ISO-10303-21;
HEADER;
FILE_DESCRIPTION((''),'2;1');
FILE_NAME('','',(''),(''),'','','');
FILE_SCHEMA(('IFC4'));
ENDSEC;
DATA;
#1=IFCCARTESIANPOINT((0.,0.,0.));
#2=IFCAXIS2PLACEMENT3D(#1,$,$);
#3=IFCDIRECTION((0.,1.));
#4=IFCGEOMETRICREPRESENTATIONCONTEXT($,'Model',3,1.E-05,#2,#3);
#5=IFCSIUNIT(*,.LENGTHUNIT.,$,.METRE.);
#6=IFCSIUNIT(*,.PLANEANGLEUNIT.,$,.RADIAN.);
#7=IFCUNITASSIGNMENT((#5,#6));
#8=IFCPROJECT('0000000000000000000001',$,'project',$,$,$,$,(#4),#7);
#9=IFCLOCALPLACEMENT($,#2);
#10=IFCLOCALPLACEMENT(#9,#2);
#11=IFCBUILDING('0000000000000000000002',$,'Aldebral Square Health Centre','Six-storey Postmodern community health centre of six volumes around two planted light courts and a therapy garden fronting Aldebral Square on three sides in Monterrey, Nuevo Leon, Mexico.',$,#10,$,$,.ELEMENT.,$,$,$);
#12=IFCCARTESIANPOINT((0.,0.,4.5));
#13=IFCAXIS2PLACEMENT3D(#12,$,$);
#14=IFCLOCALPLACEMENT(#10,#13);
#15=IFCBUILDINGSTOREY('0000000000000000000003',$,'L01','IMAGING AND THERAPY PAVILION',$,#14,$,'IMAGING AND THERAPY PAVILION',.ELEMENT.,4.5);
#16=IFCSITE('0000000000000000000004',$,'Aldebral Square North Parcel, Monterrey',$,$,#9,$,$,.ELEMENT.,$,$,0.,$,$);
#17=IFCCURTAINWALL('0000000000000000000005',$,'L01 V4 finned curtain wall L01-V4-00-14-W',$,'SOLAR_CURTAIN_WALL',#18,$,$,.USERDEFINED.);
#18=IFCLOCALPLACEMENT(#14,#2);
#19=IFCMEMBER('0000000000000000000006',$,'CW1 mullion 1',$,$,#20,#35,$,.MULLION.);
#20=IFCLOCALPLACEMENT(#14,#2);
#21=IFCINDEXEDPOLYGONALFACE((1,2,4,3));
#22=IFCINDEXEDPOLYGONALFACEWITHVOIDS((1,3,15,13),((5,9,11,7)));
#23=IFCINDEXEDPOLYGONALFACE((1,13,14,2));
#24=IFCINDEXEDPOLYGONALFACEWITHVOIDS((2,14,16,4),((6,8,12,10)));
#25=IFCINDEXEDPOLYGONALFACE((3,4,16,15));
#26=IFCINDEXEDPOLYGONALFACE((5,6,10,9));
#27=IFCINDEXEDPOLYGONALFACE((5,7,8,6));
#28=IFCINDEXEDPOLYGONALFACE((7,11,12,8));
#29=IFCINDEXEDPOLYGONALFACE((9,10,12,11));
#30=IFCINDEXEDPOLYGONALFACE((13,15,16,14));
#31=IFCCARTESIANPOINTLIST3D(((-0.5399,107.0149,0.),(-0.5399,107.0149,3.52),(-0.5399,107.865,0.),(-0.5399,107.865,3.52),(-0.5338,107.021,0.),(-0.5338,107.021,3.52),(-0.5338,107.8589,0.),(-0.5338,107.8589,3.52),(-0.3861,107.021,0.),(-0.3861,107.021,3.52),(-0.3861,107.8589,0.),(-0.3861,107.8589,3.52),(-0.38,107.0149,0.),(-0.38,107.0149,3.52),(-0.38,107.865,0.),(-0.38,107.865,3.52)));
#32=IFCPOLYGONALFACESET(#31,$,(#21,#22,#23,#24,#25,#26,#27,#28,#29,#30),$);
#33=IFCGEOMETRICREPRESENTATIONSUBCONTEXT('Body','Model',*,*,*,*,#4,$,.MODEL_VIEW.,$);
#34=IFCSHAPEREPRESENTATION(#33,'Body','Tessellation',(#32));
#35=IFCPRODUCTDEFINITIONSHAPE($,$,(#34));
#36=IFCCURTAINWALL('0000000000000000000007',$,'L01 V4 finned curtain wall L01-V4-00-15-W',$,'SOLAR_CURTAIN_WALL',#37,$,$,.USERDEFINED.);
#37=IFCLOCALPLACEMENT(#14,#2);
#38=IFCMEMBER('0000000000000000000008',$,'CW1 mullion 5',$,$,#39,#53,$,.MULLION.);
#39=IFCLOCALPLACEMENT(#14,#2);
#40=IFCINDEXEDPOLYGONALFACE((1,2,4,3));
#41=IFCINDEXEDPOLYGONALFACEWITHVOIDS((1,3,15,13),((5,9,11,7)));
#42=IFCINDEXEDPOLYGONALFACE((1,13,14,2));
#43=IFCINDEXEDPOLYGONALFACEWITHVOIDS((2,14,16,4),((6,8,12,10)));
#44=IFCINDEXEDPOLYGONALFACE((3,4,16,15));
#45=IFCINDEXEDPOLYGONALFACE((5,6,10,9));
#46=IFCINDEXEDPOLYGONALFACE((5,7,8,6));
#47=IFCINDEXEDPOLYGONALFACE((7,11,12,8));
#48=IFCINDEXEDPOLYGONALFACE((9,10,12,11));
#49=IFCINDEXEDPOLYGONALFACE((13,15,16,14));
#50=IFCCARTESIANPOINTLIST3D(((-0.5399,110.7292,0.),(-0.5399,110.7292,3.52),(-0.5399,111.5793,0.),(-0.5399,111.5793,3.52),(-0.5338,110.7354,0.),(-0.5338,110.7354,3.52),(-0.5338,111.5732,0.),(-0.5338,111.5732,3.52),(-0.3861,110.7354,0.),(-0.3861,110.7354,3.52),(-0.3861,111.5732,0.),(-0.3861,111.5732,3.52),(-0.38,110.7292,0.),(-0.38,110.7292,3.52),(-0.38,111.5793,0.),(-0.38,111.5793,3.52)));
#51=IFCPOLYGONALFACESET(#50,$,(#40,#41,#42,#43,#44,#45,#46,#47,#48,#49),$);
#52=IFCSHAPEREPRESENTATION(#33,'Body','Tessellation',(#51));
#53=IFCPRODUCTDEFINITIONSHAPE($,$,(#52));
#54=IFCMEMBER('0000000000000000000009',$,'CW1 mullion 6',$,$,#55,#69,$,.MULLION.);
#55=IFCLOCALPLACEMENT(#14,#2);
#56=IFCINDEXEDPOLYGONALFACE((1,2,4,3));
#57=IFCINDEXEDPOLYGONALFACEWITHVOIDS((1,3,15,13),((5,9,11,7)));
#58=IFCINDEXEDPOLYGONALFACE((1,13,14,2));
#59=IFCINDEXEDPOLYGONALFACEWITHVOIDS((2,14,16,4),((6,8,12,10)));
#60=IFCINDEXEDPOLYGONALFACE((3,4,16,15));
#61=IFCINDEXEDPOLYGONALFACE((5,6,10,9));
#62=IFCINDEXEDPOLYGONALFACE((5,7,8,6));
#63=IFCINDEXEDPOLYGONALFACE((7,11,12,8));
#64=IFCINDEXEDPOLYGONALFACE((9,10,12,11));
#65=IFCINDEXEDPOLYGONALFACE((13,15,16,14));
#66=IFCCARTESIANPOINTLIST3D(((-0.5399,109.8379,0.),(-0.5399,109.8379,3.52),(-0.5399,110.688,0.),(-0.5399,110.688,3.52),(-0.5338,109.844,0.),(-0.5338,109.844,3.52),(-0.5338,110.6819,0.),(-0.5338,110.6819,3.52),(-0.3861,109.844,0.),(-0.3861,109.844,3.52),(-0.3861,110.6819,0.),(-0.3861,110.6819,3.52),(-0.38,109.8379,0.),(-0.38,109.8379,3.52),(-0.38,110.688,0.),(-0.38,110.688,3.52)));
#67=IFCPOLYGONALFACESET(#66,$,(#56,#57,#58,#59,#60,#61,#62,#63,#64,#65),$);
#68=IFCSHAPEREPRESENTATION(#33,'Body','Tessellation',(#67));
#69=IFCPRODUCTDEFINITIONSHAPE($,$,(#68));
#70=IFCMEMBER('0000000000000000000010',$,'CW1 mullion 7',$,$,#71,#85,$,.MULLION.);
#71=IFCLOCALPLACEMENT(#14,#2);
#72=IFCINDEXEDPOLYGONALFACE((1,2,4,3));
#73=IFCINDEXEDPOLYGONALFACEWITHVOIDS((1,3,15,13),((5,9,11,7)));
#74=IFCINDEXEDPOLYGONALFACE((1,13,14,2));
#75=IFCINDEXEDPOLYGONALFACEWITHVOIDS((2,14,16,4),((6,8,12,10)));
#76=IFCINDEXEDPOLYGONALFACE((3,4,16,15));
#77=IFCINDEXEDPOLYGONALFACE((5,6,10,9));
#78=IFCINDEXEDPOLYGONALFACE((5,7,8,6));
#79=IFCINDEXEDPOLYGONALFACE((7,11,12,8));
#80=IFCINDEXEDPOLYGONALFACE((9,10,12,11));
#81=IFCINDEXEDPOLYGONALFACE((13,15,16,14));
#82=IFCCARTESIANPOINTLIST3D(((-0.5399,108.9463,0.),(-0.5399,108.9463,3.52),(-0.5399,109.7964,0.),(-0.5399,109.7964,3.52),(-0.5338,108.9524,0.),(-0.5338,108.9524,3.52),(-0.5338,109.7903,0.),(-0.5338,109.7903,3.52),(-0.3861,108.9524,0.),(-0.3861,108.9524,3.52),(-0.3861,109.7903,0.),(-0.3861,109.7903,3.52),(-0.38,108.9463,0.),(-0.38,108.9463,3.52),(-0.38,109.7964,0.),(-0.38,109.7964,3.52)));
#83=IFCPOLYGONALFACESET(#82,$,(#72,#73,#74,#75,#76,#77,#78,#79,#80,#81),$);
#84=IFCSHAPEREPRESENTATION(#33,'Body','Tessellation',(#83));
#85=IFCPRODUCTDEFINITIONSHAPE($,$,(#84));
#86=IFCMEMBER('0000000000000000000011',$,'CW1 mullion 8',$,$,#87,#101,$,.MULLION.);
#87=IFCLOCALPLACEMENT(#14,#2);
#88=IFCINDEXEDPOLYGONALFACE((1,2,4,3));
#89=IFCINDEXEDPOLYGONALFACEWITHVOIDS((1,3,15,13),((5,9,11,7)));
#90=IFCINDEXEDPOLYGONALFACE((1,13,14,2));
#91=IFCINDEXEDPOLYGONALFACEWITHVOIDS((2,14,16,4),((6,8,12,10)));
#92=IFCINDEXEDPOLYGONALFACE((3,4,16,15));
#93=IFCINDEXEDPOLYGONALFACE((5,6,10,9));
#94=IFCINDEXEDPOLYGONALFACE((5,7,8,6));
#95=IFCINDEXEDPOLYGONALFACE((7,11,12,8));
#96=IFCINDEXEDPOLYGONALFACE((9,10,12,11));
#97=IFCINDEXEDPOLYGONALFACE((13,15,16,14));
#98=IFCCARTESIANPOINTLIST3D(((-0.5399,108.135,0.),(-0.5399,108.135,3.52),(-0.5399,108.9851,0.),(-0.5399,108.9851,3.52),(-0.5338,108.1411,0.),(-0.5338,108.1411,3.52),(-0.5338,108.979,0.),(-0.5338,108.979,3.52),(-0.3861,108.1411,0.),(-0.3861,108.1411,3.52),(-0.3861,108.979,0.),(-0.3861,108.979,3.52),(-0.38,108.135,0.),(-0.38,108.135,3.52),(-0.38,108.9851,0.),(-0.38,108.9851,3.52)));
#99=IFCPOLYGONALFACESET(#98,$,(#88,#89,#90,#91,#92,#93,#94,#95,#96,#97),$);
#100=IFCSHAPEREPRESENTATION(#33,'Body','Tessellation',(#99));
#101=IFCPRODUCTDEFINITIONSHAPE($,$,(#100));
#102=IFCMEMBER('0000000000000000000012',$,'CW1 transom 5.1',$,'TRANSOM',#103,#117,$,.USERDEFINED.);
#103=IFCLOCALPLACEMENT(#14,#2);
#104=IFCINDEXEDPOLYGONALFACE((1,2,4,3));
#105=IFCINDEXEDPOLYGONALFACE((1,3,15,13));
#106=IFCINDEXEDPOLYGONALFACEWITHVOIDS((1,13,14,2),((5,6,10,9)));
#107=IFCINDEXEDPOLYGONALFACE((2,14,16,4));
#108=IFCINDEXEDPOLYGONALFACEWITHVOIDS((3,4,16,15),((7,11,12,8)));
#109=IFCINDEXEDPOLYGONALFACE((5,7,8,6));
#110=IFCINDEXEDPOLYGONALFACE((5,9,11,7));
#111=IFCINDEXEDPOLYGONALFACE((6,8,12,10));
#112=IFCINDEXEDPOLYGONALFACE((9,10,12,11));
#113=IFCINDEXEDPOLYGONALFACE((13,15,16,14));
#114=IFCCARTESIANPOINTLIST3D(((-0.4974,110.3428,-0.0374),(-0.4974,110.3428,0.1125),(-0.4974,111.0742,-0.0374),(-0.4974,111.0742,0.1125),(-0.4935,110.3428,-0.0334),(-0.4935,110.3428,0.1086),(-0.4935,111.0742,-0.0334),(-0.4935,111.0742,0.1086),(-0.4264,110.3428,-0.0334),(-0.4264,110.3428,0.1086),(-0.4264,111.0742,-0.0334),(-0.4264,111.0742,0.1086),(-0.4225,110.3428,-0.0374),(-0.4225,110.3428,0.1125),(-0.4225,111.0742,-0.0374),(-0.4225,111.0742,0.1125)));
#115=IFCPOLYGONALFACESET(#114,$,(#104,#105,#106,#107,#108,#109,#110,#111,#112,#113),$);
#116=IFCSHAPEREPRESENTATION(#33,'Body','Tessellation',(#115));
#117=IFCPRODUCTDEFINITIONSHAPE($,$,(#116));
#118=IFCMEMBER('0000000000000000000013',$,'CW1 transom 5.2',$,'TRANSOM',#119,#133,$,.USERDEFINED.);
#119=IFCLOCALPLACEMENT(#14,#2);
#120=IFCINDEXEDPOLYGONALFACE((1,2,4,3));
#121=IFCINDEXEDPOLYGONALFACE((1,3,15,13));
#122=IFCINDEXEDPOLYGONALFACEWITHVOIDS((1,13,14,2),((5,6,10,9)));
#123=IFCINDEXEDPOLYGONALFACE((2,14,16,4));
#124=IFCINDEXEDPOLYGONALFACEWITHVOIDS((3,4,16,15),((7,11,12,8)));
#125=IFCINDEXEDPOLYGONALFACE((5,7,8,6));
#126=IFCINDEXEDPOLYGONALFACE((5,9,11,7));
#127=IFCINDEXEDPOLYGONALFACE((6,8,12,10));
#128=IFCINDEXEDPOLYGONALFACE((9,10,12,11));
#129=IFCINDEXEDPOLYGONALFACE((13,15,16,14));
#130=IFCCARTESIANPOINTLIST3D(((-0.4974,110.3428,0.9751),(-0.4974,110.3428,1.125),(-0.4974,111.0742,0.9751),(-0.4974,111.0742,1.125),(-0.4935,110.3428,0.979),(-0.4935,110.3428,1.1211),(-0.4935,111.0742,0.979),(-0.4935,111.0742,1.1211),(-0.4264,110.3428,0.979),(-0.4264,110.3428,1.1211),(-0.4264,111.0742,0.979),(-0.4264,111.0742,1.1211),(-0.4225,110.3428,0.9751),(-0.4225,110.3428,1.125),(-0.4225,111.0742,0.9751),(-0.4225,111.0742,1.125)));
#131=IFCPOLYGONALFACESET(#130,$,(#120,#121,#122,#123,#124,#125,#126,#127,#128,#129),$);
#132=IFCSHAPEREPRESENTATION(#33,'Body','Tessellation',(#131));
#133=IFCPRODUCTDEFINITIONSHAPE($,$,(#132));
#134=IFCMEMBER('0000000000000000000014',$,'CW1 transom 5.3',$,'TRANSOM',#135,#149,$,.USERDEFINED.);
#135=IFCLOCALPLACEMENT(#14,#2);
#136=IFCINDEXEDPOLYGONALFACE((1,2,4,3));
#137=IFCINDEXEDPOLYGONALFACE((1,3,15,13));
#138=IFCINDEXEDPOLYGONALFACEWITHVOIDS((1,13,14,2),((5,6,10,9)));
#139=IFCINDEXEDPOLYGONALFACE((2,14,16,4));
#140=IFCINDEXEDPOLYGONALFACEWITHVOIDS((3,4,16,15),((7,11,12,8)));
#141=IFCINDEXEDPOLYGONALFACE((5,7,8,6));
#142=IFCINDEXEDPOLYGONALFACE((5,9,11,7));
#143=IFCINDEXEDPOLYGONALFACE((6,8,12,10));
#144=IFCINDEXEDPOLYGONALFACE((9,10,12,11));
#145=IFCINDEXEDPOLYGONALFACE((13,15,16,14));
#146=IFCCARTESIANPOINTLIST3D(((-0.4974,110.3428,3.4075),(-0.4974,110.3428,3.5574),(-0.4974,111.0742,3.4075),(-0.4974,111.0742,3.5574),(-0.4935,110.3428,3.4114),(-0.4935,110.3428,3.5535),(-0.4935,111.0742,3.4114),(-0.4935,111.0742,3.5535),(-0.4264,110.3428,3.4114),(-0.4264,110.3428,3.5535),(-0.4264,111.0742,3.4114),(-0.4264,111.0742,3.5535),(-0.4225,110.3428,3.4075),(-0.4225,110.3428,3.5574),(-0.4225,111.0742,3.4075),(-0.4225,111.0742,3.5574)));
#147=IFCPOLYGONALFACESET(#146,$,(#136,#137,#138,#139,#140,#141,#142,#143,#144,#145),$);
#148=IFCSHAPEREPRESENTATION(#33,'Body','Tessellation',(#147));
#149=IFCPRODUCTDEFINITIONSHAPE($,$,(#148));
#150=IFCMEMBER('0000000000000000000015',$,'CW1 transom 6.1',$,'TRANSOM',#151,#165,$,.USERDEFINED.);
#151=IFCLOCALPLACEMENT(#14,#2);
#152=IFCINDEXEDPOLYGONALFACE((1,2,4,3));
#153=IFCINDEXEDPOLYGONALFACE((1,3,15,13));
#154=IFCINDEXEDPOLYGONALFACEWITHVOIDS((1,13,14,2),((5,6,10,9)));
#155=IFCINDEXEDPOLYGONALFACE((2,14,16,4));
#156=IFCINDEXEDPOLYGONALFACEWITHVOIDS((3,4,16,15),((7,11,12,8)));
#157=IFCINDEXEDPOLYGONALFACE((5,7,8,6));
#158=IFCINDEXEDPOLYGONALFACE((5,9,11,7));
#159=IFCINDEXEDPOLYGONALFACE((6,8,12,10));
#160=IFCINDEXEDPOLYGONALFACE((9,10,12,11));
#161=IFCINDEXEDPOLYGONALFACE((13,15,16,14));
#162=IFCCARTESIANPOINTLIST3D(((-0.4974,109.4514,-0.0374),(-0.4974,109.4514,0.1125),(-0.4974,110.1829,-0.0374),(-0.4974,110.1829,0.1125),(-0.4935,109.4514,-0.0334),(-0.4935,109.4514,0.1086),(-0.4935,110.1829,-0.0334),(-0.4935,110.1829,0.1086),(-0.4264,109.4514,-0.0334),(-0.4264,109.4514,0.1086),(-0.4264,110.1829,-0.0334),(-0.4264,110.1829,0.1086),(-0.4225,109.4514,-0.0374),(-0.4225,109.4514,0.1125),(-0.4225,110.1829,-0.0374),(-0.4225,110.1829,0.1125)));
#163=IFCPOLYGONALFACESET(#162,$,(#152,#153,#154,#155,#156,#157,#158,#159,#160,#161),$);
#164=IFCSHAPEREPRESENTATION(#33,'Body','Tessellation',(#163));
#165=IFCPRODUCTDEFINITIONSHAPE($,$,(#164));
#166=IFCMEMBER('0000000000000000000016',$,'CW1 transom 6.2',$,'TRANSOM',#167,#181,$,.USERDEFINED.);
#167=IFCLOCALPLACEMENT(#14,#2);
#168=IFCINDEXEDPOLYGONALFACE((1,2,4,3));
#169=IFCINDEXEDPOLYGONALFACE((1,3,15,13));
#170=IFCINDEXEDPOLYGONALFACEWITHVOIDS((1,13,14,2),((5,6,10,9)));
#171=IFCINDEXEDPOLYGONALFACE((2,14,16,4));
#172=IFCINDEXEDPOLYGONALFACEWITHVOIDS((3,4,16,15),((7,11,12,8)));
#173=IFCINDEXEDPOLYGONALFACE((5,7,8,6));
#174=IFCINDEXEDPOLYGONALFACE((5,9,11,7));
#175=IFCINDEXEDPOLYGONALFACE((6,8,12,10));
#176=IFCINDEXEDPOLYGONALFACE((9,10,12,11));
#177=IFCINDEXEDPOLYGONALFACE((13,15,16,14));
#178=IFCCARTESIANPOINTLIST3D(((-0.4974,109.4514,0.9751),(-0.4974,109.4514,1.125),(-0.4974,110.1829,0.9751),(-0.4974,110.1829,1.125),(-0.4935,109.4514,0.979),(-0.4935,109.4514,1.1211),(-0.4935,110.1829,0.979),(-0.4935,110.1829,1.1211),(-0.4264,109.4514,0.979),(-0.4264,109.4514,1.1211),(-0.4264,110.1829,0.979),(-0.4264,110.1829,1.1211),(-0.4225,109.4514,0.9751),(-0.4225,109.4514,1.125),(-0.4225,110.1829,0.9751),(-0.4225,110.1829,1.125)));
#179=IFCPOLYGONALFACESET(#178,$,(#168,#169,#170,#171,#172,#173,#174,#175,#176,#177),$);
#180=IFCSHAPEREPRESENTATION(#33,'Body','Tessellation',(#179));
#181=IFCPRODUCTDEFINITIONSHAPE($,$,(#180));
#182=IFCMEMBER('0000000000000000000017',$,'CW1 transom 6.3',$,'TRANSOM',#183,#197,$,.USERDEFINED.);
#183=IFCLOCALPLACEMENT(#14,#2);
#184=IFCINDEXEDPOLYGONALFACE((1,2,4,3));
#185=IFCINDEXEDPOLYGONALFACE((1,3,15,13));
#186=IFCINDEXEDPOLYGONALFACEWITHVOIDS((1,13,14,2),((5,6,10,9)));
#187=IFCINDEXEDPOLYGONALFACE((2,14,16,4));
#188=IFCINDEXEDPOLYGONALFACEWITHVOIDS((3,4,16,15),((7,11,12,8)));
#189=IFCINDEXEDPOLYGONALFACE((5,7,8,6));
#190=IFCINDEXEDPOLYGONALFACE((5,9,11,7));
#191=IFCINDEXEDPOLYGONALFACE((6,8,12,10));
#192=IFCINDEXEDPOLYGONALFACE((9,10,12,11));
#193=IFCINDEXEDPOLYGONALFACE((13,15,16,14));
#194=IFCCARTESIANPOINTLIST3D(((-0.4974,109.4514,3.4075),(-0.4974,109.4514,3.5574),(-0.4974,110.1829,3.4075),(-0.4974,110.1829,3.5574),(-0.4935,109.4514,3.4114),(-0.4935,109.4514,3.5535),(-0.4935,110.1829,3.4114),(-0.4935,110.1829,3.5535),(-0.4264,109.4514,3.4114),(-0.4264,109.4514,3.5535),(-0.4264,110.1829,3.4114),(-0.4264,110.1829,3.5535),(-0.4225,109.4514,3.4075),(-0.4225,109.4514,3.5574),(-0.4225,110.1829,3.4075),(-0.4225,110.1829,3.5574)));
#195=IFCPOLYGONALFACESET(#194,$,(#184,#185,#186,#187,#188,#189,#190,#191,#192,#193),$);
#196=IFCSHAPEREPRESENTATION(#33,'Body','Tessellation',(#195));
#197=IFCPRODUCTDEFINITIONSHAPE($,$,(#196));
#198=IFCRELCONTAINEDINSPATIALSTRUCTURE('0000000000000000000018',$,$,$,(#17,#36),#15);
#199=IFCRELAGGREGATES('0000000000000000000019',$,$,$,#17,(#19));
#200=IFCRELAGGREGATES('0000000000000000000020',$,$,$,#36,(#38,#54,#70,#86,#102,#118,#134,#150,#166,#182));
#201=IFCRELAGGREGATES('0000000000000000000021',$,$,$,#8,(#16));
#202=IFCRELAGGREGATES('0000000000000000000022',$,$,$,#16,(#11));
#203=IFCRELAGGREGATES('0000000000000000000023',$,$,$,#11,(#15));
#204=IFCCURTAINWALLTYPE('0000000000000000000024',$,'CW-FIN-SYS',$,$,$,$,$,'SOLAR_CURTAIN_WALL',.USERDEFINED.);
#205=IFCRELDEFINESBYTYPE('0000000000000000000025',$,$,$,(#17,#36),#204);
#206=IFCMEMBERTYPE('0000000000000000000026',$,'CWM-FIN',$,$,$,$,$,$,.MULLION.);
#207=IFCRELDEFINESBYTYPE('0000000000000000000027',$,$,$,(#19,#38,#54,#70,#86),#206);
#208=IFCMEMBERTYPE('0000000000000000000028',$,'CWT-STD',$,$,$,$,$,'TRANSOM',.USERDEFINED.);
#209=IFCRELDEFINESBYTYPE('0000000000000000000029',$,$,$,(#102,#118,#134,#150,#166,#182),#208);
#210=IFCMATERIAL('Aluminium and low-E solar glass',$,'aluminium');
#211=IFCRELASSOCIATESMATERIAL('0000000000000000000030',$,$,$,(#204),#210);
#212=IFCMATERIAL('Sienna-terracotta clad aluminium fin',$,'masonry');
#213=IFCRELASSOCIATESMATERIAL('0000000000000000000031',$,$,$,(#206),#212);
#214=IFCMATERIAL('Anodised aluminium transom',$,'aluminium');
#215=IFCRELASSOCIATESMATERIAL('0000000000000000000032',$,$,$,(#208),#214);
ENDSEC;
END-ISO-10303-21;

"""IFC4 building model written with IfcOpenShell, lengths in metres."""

from ifc_helpers import new_model, si_unit, direction, frame, origin, origin_2d, place, context, subcontext, project, spatial, hollow_rectangle, extrude, material, material_profile, profile_set, type_object, element, aggregate, save


model = new_model("IFC4")

# Units and contexts
model_context = context("Model", 3, precision=1e-05, world=origin(), true_north=direction((0.0, 1.0)))
body_context = subcontext(model_context, "Body", "Model", "MODEL_VIEW")
ifc_project = project(units=[si_unit("LENGTHUNIT", "METRE"), si_unit("PLANEANGLEUNIT", "RADIAN")], contexts=[model_context])

# Site, building, storey
site_placement = place(None, origin())
site = spatial("IfcSite", under=ifc_project, at=site_placement, Name="Aldebral Square North Parcel, Monterrey", CompositionType="ELEMENT", RefElevation=0.0)
building_placement = place(site_placement, origin())
building = spatial("IfcBuilding", under=site, at=building_placement, Name="Aldebral Square Health Centre", Description="Six-storey Postmodern community health centre of six volumes around two planted light courts and a therapy garden fronting Aldebral Square on three sides in Monterrey, Nuevo Leon, Mexico.", CompositionType="ELEMENT")
storey_placement = place(building_placement, frame((0.0, 0.0, 4.5)))
storey = spatial("IfcBuildingStorey", under=building, at=storey_placement, Name="L01", Description="IMAGING AND THERAPY PAVILION", LongName="IMAGING AND THERAPY PAVILION", CompositionType="ELEMENT", Elevation=4.5)

# Curtain wall, member
ifc_material_1 = material(Name="Aluminium and low-E solar glass", Category="aluminium")
curtain_wall_type = type_object("IfcCurtainWallType", Name="CW-FIN-SYS", ElementType="SOLAR_CURTAIN_WALL", PredefinedType="USERDEFINED", material=ifc_material_1)
curtain_wall_1_placement = place(storey_placement, origin())
curtain_wall_1 = element("IfcCurtainWall", 1, at=curtain_wall_1_placement, inside=storey, type_object=curtain_wall_type, Name="L01 V4 finned curtain wall L01-V4-00-14-W", ObjectType="SOLAR_CURTAIN_WALL", PredefinedType="USERDEFINED")
ifc_material_2 = material(Name="Sienna-terracotta clad aluminium fin", Category="masonry")
ifc_material_profile_1 = material_profile(ifc_material_2, hollow_rectangle(XDim=0.1599, YDim=0.8501, WallThickness=0.0061, at=origin_2d()), Name="FIN 160x850x6")
ifc_profile_set_1 = profile_set([ifc_material_profile_1], Name="Sienna-terracotta clad aluminium fin")
member_type_1 = type_object("IfcMemberType", Name="CWM-FIN", PredefinedType="MULLION", material=ifc_profile_set_1)
member_1_placement = place(storey_placement, frame((-0.46, 107.4399, 0.0), z_axis=(0.0, 0.0, 1.0), x_axis=(1.0, 0.0, 0.0)))
member_1 = element("IfcMember", 2, at=member_1_placement, type_object=member_type_1, Name="CW1 mullion 1", PredefinedType="MULLION", context=body_context, shape_type="SweptSolid", body=[
    extrude(hollow_rectangle(XDim=0.1599, YDim=0.8501, WallThickness=0.0061, at=origin_2d()), origin(), (0.0, 0.0, 1.0), 3.52),
])
aggregate(curtain_wall_1, [member_1])

# Curtain wall, members
curtain_wall_2_placement = place(storey_placement, origin())
curtain_wall_2 = element("IfcCurtainWall", 3, at=curtain_wall_2_placement, inside=storey, type_object=curtain_wall_type, Name="L01 V4 finned curtain wall L01-V4-00-15-W", ObjectType="SOLAR_CURTAIN_WALL", PredefinedType="USERDEFINED")
member_2_placement = place(storey_placement, frame((-0.46, 111.1543, 0.0), z_axis=(0.0, 0.0, 1.0), x_axis=(1.0, 0.0, 0.0)))
member_2 = element("IfcMember", 4, at=member_2_placement, type_object=member_type_1, Name="CW1 mullion 5", PredefinedType="MULLION", context=body_context, shape_type="SweptSolid", body=[
    extrude(hollow_rectangle(XDim=0.1599, YDim=0.8501, WallThickness=0.0061, at=origin_2d()), origin(), (0.0, 0.0, 1.0), 3.52),
])
member_3_placement = place(storey_placement, frame((-0.46, 110.2629, 0.0), z_axis=(0.0, 0.0, 1.0), x_axis=(1.0, 0.0, 0.0)))
member_3 = element("IfcMember", 5, at=member_3_placement, type_object=member_type_1, Name="CW1 mullion 6", PredefinedType="MULLION", context=body_context, shape_type="SweptSolid", body=[
    extrude(hollow_rectangle(XDim=0.1599, YDim=0.8501, WallThickness=0.0061, at=origin_2d()), origin(), (0.0, 0.0, 1.0), 3.52),
])
member_4_placement = place(storey_placement, frame((-0.46, 109.3713, 0.0), z_axis=(0.0, 0.0, 1.0), x_axis=(1.0, 0.0, 0.0)))
member_4 = element("IfcMember", 6, at=member_4_placement, type_object=member_type_1, Name="CW1 mullion 7", PredefinedType="MULLION", context=body_context, shape_type="SweptSolid", body=[
    extrude(hollow_rectangle(XDim=0.1599, YDim=0.8501, WallThickness=0.0061, at=origin_2d()), origin(), (0.0, 0.0, 1.0), 3.52),
])
member_5_placement = place(storey_placement, frame((-0.46, 108.5601, 0.0), z_axis=(0.0, 0.0, 1.0), x_axis=(1.0, 0.0, 0.0)))
member_5 = element("IfcMember", 7, at=member_5_placement, type_object=member_type_1, Name="CW1 mullion 8", PredefinedType="MULLION", context=body_context, shape_type="SweptSolid", body=[
    extrude(hollow_rectangle(XDim=0.1599, YDim=0.8501, WallThickness=0.0061, at=origin_2d()), origin(), (0.0, 0.0, 1.0), 3.52),
])
ifc_material_3 = material(Name="Anodised aluminium transom", Category="aluminium")
ifc_material_profile_2 = material_profile(ifc_material_3, hollow_rectangle(XDim=0.075, YDim=0.1499, WallThickness=0.0039, at=origin_2d()), Name="CWT 75x150x4")
ifc_profile_set_2 = profile_set([ifc_material_profile_2], Name="Anodised aluminium transom")
member_type_2 = type_object("IfcMemberType", Name="CWT-STD", ElementType="TRANSOM", PredefinedType="USERDEFINED", material=ifc_profile_set_2)
member_6_placement = place(storey_placement, frame((-0.46, 111.0742, 0.0376), z_axis=(0.0, -1.0, 0.0), x_axis=(1.0, 0.0, 0.0)))
member_6 = element("IfcMember", 8, at=member_6_placement, type_object=member_type_2, Name="CW1 transom 5.1", ObjectType="TRANSOM", PredefinedType="USERDEFINED", context=body_context, shape_type="SweptSolid", body=[
    extrude(hollow_rectangle(XDim=0.075, YDim=0.1499, WallThickness=0.0039, at=origin_2d()), origin(), (0.0, 0.0, 1.0), 0.7314),
])
member_7_placement = place(storey_placement, frame((-0.46, 111.0742, 1.05), z_axis=(0.0, -1.0, 0.0), x_axis=(1.0, 0.0, 0.0)))
member_7 = element("IfcMember", 9, at=member_7_placement, type_object=member_type_2, Name="CW1 transom 5.2", ObjectType="TRANSOM", PredefinedType="USERDEFINED", context=body_context, shape_type="SweptSolid", body=[
    extrude(hollow_rectangle(XDim=0.075, YDim=0.1499, WallThickness=0.0039, at=origin_2d()), origin(), (0.0, 0.0, 1.0), 0.7314),
])
member_8_placement = place(storey_placement, frame((-0.46, 111.0742, 3.4824), z_axis=(0.0, -1.0, 0.0), x_axis=(1.0, 0.0, 0.0)))
member_8 = element("IfcMember", 10, at=member_8_placement, type_object=member_type_2, Name="CW1 transom 5.3", ObjectType="TRANSOM", PredefinedType="USERDEFINED", context=body_context, shape_type="SweptSolid", body=[
    extrude(hollow_rectangle(XDim=0.075, YDim=0.1499, WallThickness=0.0039, at=origin_2d()), origin(), (0.0, 0.0, 1.0), 0.7314),
])
member_9_placement = place(storey_placement, frame((-0.46, 110.1829, 0.0376), z_axis=(0.0, -1.0, 0.0), x_axis=(1.0, 0.0, 0.0)))
member_9 = element("IfcMember", 11, at=member_9_placement, type_object=member_type_2, Name="CW1 transom 6.1", ObjectType="TRANSOM", PredefinedType="USERDEFINED", context=body_context, shape_type="SweptSolid", body=[
    extrude(hollow_rectangle(XDim=0.075, YDim=0.1499, WallThickness=0.0039, at=origin_2d()), origin(), (0.0, 0.0, 1.0), 0.7314),
])
member_10_placement = place(storey_placement, frame((-0.46, 110.1829, 1.05), z_axis=(0.0, -1.0, 0.0), x_axis=(1.0, 0.0, 0.0)))
member_10 = element("IfcMember", 12, at=member_10_placement, type_object=member_type_2, Name="CW1 transom 6.2", ObjectType="TRANSOM", PredefinedType="USERDEFINED", context=body_context, shape_type="SweptSolid", body=[
    extrude(hollow_rectangle(XDim=0.075, YDim=0.1499, WallThickness=0.0039, at=origin_2d()), origin(), (0.0, 0.0, 1.0), 0.7314),
])
member_11_placement = place(storey_placement, frame((-0.46, 110.1829, 3.4824), z_axis=(0.0, -1.0, 0.0), x_axis=(1.0, 0.0, 0.0)))
member_11 = element("IfcMember", 13, at=member_11_placement, type_object=member_type_2, Name="CW1 transom 6.3", ObjectType="TRANSOM", PredefinedType="USERDEFINED", context=body_context, shape_type="SweptSolid", body=[
    extrude(hollow_rectangle(XDim=0.075, YDim=0.1499, WallThickness=0.0039, at=origin_2d()), origin(), (0.0, 0.0, 1.0), 0.7314),
])
aggregate(curtain_wall_2, [member_2, member_3, member_4, member_5, member_6, member_7, member_8, member_9, member_10, member_11])

save(model, "model.ifc")
